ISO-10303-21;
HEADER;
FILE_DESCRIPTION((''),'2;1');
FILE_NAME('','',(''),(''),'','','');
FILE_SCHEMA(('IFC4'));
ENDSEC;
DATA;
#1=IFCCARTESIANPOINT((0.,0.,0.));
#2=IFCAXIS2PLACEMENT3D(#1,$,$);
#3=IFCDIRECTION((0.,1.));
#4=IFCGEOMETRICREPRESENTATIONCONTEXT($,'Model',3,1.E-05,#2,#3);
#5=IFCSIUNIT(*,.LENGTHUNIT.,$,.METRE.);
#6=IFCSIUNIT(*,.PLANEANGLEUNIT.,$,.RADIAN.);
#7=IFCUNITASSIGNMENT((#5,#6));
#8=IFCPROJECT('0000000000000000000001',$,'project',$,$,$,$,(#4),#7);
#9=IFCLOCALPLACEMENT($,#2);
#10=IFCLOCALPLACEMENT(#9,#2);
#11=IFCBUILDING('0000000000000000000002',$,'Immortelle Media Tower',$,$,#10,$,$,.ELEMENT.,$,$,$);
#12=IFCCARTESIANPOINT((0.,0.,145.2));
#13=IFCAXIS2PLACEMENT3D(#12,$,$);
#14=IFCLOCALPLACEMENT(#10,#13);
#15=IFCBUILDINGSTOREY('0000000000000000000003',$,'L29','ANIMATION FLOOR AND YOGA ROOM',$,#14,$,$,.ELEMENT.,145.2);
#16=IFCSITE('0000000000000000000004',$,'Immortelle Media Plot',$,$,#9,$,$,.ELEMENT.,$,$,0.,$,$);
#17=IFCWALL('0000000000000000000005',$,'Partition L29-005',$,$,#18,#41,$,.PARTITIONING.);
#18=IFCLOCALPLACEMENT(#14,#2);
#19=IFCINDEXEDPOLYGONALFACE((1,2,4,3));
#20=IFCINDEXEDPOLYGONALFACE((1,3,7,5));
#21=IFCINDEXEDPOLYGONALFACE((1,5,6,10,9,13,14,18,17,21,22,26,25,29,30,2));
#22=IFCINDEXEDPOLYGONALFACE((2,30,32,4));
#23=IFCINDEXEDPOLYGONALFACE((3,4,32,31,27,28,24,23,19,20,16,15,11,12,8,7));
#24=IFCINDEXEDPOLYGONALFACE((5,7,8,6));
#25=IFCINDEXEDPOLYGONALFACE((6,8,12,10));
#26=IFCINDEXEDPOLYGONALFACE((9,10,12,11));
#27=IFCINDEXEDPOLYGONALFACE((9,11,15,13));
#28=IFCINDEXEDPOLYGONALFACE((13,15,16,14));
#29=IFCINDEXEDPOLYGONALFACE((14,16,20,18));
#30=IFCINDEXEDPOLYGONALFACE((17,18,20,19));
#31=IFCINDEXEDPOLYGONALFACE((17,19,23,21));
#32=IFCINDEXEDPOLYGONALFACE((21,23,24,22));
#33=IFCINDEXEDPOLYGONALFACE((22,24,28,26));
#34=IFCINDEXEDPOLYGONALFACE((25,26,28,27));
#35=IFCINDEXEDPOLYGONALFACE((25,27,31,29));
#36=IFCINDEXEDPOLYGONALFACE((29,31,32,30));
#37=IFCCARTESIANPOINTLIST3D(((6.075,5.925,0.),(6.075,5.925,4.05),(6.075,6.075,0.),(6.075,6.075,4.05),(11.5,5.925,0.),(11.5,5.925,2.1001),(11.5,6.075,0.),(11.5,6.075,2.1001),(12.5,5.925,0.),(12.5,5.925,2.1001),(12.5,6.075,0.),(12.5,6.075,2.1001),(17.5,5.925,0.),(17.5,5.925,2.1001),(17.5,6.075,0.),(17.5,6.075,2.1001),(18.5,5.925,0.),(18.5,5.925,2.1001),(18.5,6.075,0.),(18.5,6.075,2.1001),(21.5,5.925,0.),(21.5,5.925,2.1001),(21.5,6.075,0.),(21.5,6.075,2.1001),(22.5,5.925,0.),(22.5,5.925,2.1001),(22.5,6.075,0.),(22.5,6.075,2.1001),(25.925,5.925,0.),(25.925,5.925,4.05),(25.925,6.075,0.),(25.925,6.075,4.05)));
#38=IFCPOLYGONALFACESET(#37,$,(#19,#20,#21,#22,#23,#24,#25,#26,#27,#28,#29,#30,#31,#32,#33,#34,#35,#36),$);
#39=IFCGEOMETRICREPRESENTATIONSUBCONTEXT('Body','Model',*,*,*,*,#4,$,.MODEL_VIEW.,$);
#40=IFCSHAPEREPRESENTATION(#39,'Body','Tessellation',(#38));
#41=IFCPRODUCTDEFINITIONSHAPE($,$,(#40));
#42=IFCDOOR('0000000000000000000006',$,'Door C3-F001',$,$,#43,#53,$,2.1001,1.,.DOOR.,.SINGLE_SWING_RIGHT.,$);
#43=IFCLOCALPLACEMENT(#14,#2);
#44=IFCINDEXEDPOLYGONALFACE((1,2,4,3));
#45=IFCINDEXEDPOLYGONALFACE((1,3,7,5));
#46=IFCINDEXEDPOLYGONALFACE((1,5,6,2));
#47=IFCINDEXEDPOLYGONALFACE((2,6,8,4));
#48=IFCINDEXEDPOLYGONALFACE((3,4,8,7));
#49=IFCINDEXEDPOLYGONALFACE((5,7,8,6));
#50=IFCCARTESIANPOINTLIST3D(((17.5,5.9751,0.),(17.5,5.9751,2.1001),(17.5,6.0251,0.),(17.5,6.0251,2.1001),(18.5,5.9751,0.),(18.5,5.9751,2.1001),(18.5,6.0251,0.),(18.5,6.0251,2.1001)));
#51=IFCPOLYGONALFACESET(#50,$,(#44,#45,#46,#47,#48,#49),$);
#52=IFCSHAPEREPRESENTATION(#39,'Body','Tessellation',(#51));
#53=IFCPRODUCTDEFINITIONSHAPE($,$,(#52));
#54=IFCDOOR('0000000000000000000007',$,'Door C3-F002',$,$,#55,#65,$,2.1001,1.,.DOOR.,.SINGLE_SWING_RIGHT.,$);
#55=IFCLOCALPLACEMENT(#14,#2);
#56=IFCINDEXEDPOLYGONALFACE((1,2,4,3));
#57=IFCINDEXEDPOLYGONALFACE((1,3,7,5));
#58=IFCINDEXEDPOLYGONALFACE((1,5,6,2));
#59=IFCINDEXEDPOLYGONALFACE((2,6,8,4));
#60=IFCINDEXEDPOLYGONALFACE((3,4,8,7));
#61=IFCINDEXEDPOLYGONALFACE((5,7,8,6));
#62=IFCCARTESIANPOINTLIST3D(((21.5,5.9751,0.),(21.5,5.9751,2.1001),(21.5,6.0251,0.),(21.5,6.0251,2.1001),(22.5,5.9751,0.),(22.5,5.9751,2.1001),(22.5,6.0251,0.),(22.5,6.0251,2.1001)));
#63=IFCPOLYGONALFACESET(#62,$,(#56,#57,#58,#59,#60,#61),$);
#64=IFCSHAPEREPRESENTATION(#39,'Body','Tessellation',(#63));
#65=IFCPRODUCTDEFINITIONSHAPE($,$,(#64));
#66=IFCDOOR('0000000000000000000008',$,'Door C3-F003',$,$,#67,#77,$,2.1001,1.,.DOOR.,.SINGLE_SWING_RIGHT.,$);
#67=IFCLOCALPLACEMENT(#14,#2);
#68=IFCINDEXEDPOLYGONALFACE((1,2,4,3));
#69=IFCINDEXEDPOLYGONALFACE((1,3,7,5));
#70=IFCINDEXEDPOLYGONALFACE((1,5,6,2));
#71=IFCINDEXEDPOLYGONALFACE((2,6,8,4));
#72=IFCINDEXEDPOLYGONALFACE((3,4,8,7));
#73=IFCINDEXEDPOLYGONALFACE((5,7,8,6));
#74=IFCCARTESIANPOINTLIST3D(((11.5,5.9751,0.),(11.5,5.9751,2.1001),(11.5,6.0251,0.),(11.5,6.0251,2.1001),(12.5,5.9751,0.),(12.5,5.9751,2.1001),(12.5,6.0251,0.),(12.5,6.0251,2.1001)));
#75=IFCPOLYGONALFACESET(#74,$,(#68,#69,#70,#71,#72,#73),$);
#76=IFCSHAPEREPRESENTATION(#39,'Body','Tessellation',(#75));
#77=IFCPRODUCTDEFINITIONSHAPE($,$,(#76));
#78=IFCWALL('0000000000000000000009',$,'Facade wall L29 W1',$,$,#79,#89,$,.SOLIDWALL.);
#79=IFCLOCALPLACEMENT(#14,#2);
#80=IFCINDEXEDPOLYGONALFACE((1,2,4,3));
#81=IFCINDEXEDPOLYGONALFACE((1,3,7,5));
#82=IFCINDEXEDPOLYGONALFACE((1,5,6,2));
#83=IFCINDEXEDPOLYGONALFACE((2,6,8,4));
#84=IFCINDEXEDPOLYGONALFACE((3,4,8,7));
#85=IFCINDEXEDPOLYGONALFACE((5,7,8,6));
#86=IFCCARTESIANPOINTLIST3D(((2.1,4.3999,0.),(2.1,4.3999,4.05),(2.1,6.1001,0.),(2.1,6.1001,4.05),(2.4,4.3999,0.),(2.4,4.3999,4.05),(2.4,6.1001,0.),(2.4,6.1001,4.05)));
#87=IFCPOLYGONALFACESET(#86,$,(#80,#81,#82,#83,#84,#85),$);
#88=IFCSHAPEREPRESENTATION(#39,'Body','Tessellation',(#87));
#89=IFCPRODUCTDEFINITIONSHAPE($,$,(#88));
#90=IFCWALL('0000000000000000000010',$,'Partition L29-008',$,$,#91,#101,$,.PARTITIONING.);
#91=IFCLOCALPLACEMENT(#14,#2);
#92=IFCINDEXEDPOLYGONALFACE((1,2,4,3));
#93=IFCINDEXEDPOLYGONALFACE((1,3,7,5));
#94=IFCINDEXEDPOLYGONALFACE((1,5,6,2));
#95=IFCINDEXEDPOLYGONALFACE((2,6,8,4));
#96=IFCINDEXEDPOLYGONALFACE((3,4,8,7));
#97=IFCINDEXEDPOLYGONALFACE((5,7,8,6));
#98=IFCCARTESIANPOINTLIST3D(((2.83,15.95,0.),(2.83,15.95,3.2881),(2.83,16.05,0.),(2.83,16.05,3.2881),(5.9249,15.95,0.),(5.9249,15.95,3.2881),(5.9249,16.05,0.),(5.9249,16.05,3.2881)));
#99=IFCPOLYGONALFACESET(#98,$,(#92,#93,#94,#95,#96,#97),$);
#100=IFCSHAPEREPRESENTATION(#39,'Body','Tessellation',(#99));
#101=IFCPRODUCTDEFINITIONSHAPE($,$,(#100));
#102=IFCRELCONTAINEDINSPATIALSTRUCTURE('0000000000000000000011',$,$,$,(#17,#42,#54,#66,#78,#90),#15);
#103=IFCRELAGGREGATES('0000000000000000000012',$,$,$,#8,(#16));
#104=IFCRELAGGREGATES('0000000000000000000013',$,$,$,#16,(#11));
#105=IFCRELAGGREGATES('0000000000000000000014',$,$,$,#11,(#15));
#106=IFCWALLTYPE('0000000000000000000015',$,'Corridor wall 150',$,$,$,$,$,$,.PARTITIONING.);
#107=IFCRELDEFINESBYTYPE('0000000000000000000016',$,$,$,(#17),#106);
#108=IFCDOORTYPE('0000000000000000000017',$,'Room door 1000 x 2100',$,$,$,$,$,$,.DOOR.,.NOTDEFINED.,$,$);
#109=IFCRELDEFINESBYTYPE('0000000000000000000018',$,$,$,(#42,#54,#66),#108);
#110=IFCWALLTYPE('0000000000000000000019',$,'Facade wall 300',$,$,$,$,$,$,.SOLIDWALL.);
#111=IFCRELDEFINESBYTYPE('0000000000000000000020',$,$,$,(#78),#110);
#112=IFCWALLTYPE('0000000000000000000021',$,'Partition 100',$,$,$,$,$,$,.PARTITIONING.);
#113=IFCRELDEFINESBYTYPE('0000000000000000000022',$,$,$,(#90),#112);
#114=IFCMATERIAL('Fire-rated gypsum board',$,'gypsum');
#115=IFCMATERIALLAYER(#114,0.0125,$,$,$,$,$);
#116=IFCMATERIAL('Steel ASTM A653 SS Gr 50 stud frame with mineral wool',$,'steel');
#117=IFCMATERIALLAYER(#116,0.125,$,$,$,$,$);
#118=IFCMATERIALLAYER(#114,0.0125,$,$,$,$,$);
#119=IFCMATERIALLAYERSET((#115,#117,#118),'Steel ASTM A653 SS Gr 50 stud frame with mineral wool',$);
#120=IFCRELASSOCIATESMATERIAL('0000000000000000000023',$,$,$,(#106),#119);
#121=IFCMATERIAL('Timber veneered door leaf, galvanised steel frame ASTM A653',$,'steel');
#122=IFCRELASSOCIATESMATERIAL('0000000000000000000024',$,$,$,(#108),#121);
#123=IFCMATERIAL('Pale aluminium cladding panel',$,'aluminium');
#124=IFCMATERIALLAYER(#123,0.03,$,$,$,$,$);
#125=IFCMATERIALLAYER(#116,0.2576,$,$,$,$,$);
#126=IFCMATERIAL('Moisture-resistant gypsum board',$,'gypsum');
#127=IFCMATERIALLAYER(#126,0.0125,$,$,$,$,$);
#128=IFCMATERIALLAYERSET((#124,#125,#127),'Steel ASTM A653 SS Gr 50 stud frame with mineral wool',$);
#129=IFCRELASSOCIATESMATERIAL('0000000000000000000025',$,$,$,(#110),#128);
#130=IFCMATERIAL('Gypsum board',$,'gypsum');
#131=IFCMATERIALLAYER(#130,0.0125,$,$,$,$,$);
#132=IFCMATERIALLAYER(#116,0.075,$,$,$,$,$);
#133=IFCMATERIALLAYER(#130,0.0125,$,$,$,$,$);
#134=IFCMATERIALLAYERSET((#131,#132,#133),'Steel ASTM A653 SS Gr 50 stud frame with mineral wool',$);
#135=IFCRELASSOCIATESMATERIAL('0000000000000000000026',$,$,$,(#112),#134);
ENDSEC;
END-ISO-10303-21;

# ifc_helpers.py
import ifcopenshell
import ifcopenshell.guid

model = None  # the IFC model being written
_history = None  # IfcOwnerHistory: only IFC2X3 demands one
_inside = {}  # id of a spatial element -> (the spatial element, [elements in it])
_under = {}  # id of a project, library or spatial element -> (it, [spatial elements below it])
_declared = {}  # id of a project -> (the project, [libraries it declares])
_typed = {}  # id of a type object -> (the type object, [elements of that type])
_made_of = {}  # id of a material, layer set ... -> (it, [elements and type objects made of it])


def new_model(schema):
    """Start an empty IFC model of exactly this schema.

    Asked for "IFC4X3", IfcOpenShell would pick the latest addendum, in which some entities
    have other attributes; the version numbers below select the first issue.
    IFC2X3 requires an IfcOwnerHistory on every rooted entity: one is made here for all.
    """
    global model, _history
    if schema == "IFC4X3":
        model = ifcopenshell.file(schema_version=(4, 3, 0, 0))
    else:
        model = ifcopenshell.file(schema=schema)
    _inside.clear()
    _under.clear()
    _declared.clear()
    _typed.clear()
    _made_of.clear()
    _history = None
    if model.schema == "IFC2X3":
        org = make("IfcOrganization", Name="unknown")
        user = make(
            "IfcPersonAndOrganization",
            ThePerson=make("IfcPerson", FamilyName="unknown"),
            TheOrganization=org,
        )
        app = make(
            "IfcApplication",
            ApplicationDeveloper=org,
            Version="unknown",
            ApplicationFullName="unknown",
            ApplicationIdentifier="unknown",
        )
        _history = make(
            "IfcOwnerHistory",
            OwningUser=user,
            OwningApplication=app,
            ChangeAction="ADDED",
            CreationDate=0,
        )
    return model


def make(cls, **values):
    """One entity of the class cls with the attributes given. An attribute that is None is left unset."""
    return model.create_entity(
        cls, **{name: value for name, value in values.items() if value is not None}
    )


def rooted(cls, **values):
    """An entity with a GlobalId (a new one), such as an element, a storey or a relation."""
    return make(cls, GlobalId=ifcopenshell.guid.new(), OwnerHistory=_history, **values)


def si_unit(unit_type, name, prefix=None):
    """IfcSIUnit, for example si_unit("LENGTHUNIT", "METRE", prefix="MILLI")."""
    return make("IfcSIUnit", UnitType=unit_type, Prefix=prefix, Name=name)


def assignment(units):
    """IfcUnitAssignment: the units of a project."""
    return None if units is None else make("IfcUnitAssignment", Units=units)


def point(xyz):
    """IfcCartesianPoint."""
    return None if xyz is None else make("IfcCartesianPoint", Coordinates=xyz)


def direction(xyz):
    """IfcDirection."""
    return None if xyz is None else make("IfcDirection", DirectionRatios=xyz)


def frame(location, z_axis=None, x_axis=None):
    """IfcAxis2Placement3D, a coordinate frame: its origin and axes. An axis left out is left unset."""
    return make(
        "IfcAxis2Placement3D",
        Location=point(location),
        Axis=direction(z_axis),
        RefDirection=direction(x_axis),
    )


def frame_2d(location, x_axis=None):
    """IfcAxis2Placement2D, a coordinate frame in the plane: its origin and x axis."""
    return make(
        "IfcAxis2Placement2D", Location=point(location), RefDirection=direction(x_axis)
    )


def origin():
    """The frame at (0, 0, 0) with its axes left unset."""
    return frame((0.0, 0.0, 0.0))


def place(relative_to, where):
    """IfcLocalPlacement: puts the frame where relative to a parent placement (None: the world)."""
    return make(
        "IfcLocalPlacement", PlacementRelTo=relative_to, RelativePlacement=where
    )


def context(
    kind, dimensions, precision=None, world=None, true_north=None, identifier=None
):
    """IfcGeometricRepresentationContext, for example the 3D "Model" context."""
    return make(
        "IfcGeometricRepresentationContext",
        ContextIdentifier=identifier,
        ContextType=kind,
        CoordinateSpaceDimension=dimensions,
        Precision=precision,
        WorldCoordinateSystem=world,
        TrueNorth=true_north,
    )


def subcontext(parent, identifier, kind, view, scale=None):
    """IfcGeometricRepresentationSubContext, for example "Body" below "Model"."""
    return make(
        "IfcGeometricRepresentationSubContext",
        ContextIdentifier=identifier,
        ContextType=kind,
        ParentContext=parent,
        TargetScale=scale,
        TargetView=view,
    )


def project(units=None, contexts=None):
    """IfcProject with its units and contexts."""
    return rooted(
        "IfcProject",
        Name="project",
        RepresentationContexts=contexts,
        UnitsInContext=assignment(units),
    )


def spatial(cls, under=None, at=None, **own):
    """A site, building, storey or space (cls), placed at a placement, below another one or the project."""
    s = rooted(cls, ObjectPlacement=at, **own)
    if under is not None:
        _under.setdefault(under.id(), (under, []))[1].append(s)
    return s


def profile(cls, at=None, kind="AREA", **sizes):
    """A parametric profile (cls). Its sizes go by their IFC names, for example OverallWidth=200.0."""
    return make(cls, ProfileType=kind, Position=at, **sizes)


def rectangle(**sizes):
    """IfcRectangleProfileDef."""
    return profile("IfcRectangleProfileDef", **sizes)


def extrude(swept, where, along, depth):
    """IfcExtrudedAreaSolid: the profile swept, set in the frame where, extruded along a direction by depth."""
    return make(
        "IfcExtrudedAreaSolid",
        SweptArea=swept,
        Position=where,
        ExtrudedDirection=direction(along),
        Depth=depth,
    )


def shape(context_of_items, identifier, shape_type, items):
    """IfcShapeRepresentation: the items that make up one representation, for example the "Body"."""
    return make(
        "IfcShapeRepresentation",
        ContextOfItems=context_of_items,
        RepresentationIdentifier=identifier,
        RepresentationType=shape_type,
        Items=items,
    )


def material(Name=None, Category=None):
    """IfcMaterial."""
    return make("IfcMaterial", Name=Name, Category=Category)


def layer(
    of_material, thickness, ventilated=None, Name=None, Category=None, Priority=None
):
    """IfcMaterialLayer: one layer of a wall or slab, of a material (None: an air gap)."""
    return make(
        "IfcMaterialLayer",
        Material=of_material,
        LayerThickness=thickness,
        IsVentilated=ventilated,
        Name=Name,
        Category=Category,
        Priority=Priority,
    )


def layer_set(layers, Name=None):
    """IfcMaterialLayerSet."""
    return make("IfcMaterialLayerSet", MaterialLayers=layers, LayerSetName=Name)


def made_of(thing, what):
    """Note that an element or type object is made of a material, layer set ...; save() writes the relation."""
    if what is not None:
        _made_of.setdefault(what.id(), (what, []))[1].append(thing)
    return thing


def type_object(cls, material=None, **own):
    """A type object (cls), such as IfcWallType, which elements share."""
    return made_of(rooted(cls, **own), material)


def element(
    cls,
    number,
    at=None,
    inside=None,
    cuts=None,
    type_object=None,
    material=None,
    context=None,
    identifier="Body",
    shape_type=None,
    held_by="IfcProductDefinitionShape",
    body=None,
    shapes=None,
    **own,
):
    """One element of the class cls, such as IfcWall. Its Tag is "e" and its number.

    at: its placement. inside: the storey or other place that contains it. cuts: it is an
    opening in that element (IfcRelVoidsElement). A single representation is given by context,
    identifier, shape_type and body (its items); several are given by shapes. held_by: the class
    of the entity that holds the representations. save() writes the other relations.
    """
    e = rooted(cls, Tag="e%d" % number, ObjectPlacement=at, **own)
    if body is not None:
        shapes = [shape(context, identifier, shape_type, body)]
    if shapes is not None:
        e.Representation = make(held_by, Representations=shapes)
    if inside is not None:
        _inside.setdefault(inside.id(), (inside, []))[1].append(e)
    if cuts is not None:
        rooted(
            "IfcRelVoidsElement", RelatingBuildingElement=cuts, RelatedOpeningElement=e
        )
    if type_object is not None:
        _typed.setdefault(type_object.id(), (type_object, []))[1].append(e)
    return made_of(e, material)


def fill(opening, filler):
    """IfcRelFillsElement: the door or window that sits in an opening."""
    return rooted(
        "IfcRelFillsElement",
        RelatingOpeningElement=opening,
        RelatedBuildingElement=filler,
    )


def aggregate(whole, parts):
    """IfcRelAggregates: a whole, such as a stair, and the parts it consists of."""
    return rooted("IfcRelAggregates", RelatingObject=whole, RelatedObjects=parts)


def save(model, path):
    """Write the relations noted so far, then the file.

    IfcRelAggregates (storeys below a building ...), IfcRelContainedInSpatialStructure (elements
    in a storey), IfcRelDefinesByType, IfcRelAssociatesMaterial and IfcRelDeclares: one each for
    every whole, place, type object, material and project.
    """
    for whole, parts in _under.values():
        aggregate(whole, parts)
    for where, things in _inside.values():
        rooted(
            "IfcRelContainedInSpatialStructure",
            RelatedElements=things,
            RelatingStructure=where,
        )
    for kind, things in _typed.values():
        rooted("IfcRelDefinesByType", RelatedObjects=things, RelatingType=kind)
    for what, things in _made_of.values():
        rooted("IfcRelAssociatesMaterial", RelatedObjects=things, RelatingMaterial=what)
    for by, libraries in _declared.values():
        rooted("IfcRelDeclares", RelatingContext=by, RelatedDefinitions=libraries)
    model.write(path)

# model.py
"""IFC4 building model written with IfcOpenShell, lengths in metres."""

from ifc_helpers import new_model, si_unit, direction, frame, frame_2d, origin, place, context, subcontext, project, spatial, rectangle, extrude, material, layer, layer_set, type_object, element, fill, save


model = new_model("IFC4")

# Units and contexts
model_context = context("Model", 3, precision=1e-05, world=origin(), true_north=direction((0.0, 1.0)))
body_context = subcontext(model_context, "Body", "Model", "MODEL_VIEW")
ifc_project = project(units=[si_unit("LENGTHUNIT", "METRE"), si_unit("PLANEANGLEUNIT", "RADIAN")], contexts=[model_context])

# Site, building, storey
site_placement = place(None, origin())
site = spatial("IfcSite", under=ifc_project, at=site_placement, Name="Immortelle Media Plot", CompositionType="ELEMENT", RefElevation=0.0)
building_placement = place(site_placement, origin())
building = spatial("IfcBuilding", under=site, at=building_placement, Name="Immortelle Media Tower", CompositionType="ELEMENT")
storey_placement = place(building_placement, frame((0.0, 0.0, 145.2)))
storey = spatial("IfcBuildingStorey", under=building, at=storey_placement, Name="L29", Description="ANIMATION FLOOR AND YOGA ROOM", CompositionType="ELEMENT", Elevation=145.2)

# Wall, openings, doors
ifc_material_1 = material(Name="Fire-rated gypsum board", Category="gypsum")
ifc_layer_1 = layer(ifc_material_1, 0.0125)
ifc_material_2 = material(Name="Steel ASTM A653 SS Gr 50 stud frame with mineral wool", Category="steel")
ifc_layer_2 = layer(ifc_material_2, 0.125)
ifc_layer_3 = layer(ifc_material_1, 0.0125)
ifc_layer_set_1 = layer_set([ifc_layer_1, ifc_layer_2, ifc_layer_3], Name="Steel ASTM A653 SS Gr 50 stud frame with mineral wool")
wall_type_1 = type_object("IfcWallType", Name="Corridor wall 150", PredefinedType="PARTITIONING", material=ifc_layer_set_1)
wall_1_placement = place(storey_placement, frame((6.075, 6.0, 0.0), z_axis=(0.0, 0.0, 1.0), x_axis=(1.0, 0.0, 0.0)))
wall_1 = element("IfcWall", 1, at=wall_1_placement, inside=storey, type_object=wall_type_1, Name="Partition L29-005", PredefinedType="PARTITIONING", context=body_context, shape_type="SweptSolid", body=[
    extrude(rectangle(XDim=19.8501, YDim=0.1499, at=frame_2d((9.925, 0.0))), origin(), (0.0, 0.0, 1.0), 4.05),
])
opening_1_placement = place(wall_1_placement, frame((12.425, 0.0, 0.0), z_axis=(0.0, 0.0, 1.0), x_axis=(-1.0, 0.0, 0.0)))
opening_1 = element("IfcOpeningElement", 2, at=opening_1_placement, cuts=wall_1, PredefinedType="OPENING", context=body_context, shape_type="SweptSolid", body=[
    extrude(rectangle(XDim=1.0, YDim=2.1001, at=frame_2d((0.5, 1.05))), frame((0.0, 0.085, 0.0), z_axis=(0.0, -1.0, 0.0), x_axis=(1.0, 0.0, 0.0)), (0.0, 0.0, 1.0), 0.1699),
])
opening_2_placement = place(wall_1_placement, frame((16.425, 0.0, 0.0), z_axis=(0.0, 0.0, 1.0), x_axis=(-1.0, 0.0, 0.0)))
opening_2 = element("IfcOpeningElement", 3, at=opening_2_placement, cuts=wall_1, PredefinedType="OPENING", context=body_context, shape_type="SweptSolid", body=[
    extrude(rectangle(XDim=1.0, YDim=2.1001, at=frame_2d((0.5, 1.05))), frame((0.0, 0.085, 0.0), z_axis=(0.0, -1.0, 0.0), x_axis=(1.0, 0.0, 0.0)), (0.0, 0.0, 1.0), 0.1699),
])
opening_3_placement = place(wall_1_placement, frame((6.425, 0.0, 0.0), z_axis=(0.0, 0.0, 1.0), x_axis=(-1.0, 0.0, 0.0)))
opening_3 = element("IfcOpeningElement", 4, at=opening_3_placement, cuts=wall_1, PredefinedType="OPENING", context=body_context, shape_type="SweptSolid", body=[
    extrude(rectangle(XDim=1.0, YDim=2.1001, at=frame_2d((0.5, 1.05))), frame((0.0, 0.085, 0.0), z_axis=(0.0, -1.0, 0.0), x_axis=(1.0, 0.0, 0.0)), (0.0, 0.0, 1.0), 0.1699),
])
ifc_material_3 = material(Name="Timber veneered door leaf, galvanised steel frame ASTM A653", Category="steel")
door_type_1 = type_object("IfcDoorType", Name="Room door 1000 x 2100", OperationType="NOTDEFINED", PredefinedType="DOOR", material=ifc_material_3)
door_1_placement = place(opening_1_placement, origin())
door_1 = element("IfcDoor", 5, at=door_1_placement, inside=storey, type_object=door_type_1, Name="Door C3-F001", OperationType="SINGLE_SWING_RIGHT", OverallHeight=2.1001, OverallWidth=1.0, PredefinedType="DOOR", context=body_context, shape_type="SweptSolid", body=[
    extrude(rectangle(XDim=1.0, YDim=2.1001, at=frame_2d((0.5, 1.05))), frame((0.0, 0.0249, 0.0), z_axis=(0.0, -1.0, 0.0), x_axis=(1.0, 0.0, 0.0)), (0.0, 0.0, 1.0), 0.05),
])
fill(opening_1, door_1)
door_2_placement = place(opening_2_placement, origin())
door_2 = element("IfcDoor", 6, at=door_2_placement, inside=storey, type_object=door_type_1, Name="Door C3-F002", OperationType="SINGLE_SWING_RIGHT", OverallHeight=2.1001, OverallWidth=1.0, PredefinedType="DOOR", context=body_context, shape_type="SweptSolid", body=[
    extrude(rectangle(XDim=1.0, YDim=2.1001, at=frame_2d((0.5, 1.05))), frame((0.0, 0.0249, 0.0), z_axis=(0.0, -1.0, 0.0), x_axis=(1.0, 0.0, 0.0)), (0.0, 0.0, 1.0), 0.05),
])
fill(opening_2, door_2)
door_3_placement = place(opening_3_placement, origin())
door_3 = element("IfcDoor", 7, at=door_3_placement, inside=storey, type_object=door_type_1, Name="Door C3-F003", OperationType="SINGLE_SWING_RIGHT", OverallHeight=2.1001, OverallWidth=1.0, PredefinedType="DOOR", context=body_context, shape_type="SweptSolid", body=[
    extrude(rectangle(XDim=1.0, YDim=2.1001, at=frame_2d((0.5, 1.05))), frame((0.0, 0.0249, 0.0), z_axis=(0.0, -1.0, 0.0), x_axis=(1.0, 0.0, 0.0)), (0.0, 0.0, 1.0), 0.05),
])
fill(opening_3, door_3)

# Walls
ifc_material_4 = material(Name="Pale aluminium cladding panel", Category="aluminium")
ifc_layer_4 = layer(ifc_material_4, 0.03)
ifc_layer_5 = layer(ifc_material_2, 0.2576)
ifc_material_5 = material(Name="Moisture-resistant gypsum board", Category="gypsum")
ifc_layer_6 = layer(ifc_material_5, 0.0125)
ifc_layer_set_2 = layer_set([ifc_layer_4, ifc_layer_5, ifc_layer_6], Name="Steel ASTM A653 SS Gr 50 stud frame with mineral wool")
wall_type_2 = type_object("IfcWallType", Name="Facade wall 300", PredefinedType="SOLIDWALL", material=ifc_layer_set_2)
wall_2_placement = place(storey_placement, frame((2.25, 6.1001, 0.0), z_axis=(0.0, 0.0, 1.0), x_axis=(0.0, -1.0, 0.0)))
element("IfcWall", 8, at=wall_2_placement, inside=storey, type_object=wall_type_2, Name="Facade wall L29 W1", PredefinedType="SOLIDWALL", context=body_context, shape_type="SweptSolid", body=[
    extrude(rectangle(XDim=1.7002, YDim=0.3, at=frame_2d((0.8501, 0.0))), origin(), (0.0, 0.0, 1.0), 4.05),
])
ifc_material_6 = material(Name="Gypsum board", Category="gypsum")
ifc_layer_7 = layer(ifc_material_6, 0.0125)
ifc_layer_8 = layer(ifc_material_2, 0.075)
ifc_layer_9 = layer(ifc_material_6, 0.0125)
ifc_layer_set_3 = layer_set([ifc_layer_7, ifc_layer_8, ifc_layer_9], Name="Steel ASTM A653 SS Gr 50 stud frame with mineral wool")
wall_type_3 = type_object("IfcWallType", Name="Partition 100", PredefinedType="PARTITIONING", material=ifc_layer_set_3)
wall_3_placement = place(storey_placement, frame((2.8301, 16.0, 0.0), z_axis=(0.0, 0.0, 1.0), x_axis=(1.0, 0.0, 0.0)))
element("IfcWall", 9, at=wall_3_placement, inside=storey, type_object=wall_type_3, Name="Partition L29-008", PredefinedType="PARTITIONING", context=body_context, shape_type="SweptSolid", body=[
    extrude(rectangle(XDim=3.095, YDim=0.1001, at=frame_2d((1.5474, 0.0))), origin(), (0.0, 0.0, 1.0), 3.2881),
])

save(model, "model.ifc")
